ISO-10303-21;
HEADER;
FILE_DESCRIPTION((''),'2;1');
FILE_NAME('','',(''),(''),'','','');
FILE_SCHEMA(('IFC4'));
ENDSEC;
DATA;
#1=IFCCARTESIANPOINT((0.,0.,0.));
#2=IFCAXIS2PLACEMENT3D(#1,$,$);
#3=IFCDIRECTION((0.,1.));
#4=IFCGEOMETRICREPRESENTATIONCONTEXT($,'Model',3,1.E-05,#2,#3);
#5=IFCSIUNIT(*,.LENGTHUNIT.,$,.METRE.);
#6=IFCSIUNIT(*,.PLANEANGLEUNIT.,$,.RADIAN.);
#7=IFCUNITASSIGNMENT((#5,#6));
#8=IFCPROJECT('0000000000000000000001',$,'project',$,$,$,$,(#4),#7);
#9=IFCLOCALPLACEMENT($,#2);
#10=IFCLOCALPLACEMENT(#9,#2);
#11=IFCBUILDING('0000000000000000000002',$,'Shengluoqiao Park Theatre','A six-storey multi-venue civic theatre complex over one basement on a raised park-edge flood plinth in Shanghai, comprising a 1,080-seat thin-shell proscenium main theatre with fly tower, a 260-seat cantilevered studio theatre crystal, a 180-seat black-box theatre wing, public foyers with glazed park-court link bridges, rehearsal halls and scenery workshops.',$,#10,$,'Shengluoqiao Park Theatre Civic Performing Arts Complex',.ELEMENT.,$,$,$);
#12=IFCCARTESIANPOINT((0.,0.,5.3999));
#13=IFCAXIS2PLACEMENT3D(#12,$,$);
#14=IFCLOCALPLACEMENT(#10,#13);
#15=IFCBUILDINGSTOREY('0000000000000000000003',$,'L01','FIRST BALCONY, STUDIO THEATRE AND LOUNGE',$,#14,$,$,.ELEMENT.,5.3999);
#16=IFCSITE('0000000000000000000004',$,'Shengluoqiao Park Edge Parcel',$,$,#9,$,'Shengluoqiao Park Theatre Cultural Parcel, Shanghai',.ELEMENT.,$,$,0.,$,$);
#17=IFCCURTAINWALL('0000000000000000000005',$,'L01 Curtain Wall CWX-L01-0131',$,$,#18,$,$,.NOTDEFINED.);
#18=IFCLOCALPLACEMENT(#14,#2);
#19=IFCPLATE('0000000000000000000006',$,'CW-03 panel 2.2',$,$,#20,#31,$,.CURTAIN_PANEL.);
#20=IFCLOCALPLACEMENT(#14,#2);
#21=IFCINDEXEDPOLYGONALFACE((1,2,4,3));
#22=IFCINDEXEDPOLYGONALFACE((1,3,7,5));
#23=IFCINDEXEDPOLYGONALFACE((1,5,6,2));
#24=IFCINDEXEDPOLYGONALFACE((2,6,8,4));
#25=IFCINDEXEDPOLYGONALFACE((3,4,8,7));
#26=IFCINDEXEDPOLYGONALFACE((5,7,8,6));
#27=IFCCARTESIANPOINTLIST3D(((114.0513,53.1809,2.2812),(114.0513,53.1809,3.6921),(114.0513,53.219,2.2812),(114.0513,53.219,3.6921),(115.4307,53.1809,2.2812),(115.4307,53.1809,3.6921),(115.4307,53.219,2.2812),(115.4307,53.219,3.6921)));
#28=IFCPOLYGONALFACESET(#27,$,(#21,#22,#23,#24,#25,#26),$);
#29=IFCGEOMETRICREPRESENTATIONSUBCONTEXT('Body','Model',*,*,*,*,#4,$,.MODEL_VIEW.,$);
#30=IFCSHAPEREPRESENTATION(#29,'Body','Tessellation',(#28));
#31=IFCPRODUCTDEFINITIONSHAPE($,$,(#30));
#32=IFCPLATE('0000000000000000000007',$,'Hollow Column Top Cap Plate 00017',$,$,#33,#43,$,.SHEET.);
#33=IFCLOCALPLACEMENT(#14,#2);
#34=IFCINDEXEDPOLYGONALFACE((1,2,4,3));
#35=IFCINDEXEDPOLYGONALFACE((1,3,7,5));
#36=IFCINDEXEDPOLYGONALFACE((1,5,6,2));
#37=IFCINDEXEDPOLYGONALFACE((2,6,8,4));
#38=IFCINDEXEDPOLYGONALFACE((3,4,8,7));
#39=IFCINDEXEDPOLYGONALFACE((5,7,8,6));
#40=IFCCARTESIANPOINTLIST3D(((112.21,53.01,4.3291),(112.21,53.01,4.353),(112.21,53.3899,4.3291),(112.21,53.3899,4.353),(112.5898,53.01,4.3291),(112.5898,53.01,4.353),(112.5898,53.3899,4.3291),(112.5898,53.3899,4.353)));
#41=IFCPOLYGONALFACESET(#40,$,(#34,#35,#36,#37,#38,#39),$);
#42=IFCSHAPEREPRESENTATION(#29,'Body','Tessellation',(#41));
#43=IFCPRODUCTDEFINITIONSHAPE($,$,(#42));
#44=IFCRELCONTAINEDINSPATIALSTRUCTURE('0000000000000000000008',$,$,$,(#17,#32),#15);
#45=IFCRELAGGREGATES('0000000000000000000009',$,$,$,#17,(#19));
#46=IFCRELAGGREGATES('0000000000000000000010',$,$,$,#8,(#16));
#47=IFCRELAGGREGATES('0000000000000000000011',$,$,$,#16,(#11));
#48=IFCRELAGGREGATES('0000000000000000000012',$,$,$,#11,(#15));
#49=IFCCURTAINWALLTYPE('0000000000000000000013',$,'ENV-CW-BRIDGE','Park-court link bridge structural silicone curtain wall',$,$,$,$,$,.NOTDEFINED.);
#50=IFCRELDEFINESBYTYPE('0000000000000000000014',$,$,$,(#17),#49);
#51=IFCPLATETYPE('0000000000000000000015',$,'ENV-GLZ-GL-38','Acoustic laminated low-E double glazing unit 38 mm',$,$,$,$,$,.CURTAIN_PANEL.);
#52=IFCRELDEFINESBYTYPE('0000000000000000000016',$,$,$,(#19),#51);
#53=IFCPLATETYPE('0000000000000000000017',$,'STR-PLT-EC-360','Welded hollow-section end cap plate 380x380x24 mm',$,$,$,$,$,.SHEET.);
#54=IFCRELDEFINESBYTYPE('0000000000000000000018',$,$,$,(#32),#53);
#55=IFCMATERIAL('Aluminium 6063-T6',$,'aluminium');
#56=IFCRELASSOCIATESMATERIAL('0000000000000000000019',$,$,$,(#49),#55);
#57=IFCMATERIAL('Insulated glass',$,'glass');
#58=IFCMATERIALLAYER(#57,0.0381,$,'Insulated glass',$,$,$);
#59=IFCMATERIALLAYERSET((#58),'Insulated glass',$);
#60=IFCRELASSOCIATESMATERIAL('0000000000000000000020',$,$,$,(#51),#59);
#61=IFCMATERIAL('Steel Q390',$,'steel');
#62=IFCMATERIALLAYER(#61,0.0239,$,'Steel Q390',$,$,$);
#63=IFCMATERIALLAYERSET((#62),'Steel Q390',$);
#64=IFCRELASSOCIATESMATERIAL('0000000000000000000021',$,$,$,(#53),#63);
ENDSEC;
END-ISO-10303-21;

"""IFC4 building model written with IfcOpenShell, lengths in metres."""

from ifc_helpers import new_model, si_unit, direction, frame, origin, origin_2d, place, context, subcontext, project, spatial, rectangle, extrude, material, layer, layer_set, type_object, element, aggregate, save


model = new_model("IFC4")

# Units and contexts
model_context = context("Model", 3, precision=1e-05, world=origin(), true_north=direction((0.0, 1.0)))
body_context = subcontext(model_context, "Body", "Model", "MODEL_VIEW")
ifc_project = project(units=[si_unit("LENGTHUNIT", "METRE"), si_unit("PLANEANGLEUNIT", "RADIAN")], contexts=[model_context])

# Site, building, storey
site_placement = place(None, origin())
site = spatial("IfcSite", under=ifc_project, at=site_placement, Name="Shengluoqiao Park Edge Parcel", LongName="Shengluoqiao Park Theatre Cultural Parcel, Shanghai", CompositionType="ELEMENT", RefElevation=0.0)
building_placement = place(site_placement, origin())
building = spatial("IfcBuilding", under=site, at=building_placement, Name="Shengluoqiao Park Theatre", Description="A six-storey multi-venue civic theatre complex over one basement on a raised park-edge flood plinth in Shanghai, comprising a 1,080-seat thin-shell proscenium main theatre with fly tower, a 260-seat cantilevered studio theatre crystal, a 180-seat black-box theatre wing, public foyers with glazed park-court link bridges, rehearsal halls and scenery workshops.", LongName="Shengluoqiao Park Theatre Civic Performing Arts Complex", CompositionType="ELEMENT")
storey_placement = place(building_placement, frame((0.0, 0.0, 5.3999)))
storey = spatial("IfcBuildingStorey", under=building, at=storey_placement, Name="L01", Description="FIRST BALCONY, STUDIO THEATRE AND LOUNGE", CompositionType="ELEMENT", Elevation=5.3999)

# Curtain wall
ifc_material_1 = material(Name="Aluminium 6063-T6", Category="aluminium")
curtain_wall_type = type_object("IfcCurtainWallType", Name="ENV-CW-BRIDGE", Description="Park-court link bridge structural silicone curtain wall", PredefinedType="NOTDEFINED", material=ifc_material_1)
curtain_wall_1_placement = place(storey_placement, origin())
curtain_wall_1 = element("IfcCurtainWall", 1, at=curtain_wall_1_placement, inside=storey, type_object=curtain_wall_type, Name="L01 Curtain Wall CWX-L01-0131", PredefinedType="NOTDEFINED")

# Plates
ifc_material_2 = material(Name="Insulated glass", Category="glass")
ifc_layer_1 = layer(ifc_material_2, 0.0381, Name="Insulated glass")
ifc_layer_set_1 = layer_set([ifc_layer_1], Name="Insulated glass")
plate_type_1 = type_object("IfcPlateType", Name="ENV-GLZ-GL-38", Description="Acoustic laminated low-E double glazing unit 38 mm", PredefinedType="CURTAIN_PANEL", material=ifc_layer_set_1)
plate_1_placement = place(storey_placement, frame((114.741, 53.2, 2.2812), z_axis=(0.0, 0.0, 1.0), x_axis=(1.0, 0.0, 0.0)))
plate_1 = element("IfcPlate", 2, at=plate_1_placement, type_object=plate_type_1, Name="CW-03 panel 2.2", PredefinedType="CURTAIN_PANEL", context=body_context, shape_type="SweptSolid", body=[
    extrude(rectangle(XDim=1.3794, YDim=0.0381, at=origin_2d()), origin(), (0.0, 0.0, 1.0), 1.4109),
])
aggregate(curtain_wall_1, [plate_1])
ifc_material_3 = material(Name="Steel Q390", Category="steel")
ifc_layer_2 = layer(ifc_material_3, 0.0239, Name="Steel Q390")
ifc_layer_set_2 = layer_set([ifc_layer_2], Name="Steel Q390")
plate_type_2 = type_object("IfcPlateType", Name="STR-PLT-EC-360", Description="Welded hollow-section end cap plate 380x380x24 mm", PredefinedType="SHEET", material=ifc_layer_set_2)
plate_2_placement = place(storey_placement, frame((112.3999, 53.2, 4.3291), z_axis=(0.0, 0.0, 1.0), x_axis=(1.0, 0.0, 0.0)))
element("IfcPlate", 3, at=plate_2_placement, inside=storey, type_object=plate_type_2, Name="Hollow Column Top Cap Plate 00017", PredefinedType="SHEET", context=body_context, shape_type="SweptSolid", body=[
    extrude(rectangle(XDim=0.3799, YDim=0.3799, at=origin_2d()), origin(), (0.0, 0.0, 1.0), 0.0239),
])

save(model, "model.ifc")
